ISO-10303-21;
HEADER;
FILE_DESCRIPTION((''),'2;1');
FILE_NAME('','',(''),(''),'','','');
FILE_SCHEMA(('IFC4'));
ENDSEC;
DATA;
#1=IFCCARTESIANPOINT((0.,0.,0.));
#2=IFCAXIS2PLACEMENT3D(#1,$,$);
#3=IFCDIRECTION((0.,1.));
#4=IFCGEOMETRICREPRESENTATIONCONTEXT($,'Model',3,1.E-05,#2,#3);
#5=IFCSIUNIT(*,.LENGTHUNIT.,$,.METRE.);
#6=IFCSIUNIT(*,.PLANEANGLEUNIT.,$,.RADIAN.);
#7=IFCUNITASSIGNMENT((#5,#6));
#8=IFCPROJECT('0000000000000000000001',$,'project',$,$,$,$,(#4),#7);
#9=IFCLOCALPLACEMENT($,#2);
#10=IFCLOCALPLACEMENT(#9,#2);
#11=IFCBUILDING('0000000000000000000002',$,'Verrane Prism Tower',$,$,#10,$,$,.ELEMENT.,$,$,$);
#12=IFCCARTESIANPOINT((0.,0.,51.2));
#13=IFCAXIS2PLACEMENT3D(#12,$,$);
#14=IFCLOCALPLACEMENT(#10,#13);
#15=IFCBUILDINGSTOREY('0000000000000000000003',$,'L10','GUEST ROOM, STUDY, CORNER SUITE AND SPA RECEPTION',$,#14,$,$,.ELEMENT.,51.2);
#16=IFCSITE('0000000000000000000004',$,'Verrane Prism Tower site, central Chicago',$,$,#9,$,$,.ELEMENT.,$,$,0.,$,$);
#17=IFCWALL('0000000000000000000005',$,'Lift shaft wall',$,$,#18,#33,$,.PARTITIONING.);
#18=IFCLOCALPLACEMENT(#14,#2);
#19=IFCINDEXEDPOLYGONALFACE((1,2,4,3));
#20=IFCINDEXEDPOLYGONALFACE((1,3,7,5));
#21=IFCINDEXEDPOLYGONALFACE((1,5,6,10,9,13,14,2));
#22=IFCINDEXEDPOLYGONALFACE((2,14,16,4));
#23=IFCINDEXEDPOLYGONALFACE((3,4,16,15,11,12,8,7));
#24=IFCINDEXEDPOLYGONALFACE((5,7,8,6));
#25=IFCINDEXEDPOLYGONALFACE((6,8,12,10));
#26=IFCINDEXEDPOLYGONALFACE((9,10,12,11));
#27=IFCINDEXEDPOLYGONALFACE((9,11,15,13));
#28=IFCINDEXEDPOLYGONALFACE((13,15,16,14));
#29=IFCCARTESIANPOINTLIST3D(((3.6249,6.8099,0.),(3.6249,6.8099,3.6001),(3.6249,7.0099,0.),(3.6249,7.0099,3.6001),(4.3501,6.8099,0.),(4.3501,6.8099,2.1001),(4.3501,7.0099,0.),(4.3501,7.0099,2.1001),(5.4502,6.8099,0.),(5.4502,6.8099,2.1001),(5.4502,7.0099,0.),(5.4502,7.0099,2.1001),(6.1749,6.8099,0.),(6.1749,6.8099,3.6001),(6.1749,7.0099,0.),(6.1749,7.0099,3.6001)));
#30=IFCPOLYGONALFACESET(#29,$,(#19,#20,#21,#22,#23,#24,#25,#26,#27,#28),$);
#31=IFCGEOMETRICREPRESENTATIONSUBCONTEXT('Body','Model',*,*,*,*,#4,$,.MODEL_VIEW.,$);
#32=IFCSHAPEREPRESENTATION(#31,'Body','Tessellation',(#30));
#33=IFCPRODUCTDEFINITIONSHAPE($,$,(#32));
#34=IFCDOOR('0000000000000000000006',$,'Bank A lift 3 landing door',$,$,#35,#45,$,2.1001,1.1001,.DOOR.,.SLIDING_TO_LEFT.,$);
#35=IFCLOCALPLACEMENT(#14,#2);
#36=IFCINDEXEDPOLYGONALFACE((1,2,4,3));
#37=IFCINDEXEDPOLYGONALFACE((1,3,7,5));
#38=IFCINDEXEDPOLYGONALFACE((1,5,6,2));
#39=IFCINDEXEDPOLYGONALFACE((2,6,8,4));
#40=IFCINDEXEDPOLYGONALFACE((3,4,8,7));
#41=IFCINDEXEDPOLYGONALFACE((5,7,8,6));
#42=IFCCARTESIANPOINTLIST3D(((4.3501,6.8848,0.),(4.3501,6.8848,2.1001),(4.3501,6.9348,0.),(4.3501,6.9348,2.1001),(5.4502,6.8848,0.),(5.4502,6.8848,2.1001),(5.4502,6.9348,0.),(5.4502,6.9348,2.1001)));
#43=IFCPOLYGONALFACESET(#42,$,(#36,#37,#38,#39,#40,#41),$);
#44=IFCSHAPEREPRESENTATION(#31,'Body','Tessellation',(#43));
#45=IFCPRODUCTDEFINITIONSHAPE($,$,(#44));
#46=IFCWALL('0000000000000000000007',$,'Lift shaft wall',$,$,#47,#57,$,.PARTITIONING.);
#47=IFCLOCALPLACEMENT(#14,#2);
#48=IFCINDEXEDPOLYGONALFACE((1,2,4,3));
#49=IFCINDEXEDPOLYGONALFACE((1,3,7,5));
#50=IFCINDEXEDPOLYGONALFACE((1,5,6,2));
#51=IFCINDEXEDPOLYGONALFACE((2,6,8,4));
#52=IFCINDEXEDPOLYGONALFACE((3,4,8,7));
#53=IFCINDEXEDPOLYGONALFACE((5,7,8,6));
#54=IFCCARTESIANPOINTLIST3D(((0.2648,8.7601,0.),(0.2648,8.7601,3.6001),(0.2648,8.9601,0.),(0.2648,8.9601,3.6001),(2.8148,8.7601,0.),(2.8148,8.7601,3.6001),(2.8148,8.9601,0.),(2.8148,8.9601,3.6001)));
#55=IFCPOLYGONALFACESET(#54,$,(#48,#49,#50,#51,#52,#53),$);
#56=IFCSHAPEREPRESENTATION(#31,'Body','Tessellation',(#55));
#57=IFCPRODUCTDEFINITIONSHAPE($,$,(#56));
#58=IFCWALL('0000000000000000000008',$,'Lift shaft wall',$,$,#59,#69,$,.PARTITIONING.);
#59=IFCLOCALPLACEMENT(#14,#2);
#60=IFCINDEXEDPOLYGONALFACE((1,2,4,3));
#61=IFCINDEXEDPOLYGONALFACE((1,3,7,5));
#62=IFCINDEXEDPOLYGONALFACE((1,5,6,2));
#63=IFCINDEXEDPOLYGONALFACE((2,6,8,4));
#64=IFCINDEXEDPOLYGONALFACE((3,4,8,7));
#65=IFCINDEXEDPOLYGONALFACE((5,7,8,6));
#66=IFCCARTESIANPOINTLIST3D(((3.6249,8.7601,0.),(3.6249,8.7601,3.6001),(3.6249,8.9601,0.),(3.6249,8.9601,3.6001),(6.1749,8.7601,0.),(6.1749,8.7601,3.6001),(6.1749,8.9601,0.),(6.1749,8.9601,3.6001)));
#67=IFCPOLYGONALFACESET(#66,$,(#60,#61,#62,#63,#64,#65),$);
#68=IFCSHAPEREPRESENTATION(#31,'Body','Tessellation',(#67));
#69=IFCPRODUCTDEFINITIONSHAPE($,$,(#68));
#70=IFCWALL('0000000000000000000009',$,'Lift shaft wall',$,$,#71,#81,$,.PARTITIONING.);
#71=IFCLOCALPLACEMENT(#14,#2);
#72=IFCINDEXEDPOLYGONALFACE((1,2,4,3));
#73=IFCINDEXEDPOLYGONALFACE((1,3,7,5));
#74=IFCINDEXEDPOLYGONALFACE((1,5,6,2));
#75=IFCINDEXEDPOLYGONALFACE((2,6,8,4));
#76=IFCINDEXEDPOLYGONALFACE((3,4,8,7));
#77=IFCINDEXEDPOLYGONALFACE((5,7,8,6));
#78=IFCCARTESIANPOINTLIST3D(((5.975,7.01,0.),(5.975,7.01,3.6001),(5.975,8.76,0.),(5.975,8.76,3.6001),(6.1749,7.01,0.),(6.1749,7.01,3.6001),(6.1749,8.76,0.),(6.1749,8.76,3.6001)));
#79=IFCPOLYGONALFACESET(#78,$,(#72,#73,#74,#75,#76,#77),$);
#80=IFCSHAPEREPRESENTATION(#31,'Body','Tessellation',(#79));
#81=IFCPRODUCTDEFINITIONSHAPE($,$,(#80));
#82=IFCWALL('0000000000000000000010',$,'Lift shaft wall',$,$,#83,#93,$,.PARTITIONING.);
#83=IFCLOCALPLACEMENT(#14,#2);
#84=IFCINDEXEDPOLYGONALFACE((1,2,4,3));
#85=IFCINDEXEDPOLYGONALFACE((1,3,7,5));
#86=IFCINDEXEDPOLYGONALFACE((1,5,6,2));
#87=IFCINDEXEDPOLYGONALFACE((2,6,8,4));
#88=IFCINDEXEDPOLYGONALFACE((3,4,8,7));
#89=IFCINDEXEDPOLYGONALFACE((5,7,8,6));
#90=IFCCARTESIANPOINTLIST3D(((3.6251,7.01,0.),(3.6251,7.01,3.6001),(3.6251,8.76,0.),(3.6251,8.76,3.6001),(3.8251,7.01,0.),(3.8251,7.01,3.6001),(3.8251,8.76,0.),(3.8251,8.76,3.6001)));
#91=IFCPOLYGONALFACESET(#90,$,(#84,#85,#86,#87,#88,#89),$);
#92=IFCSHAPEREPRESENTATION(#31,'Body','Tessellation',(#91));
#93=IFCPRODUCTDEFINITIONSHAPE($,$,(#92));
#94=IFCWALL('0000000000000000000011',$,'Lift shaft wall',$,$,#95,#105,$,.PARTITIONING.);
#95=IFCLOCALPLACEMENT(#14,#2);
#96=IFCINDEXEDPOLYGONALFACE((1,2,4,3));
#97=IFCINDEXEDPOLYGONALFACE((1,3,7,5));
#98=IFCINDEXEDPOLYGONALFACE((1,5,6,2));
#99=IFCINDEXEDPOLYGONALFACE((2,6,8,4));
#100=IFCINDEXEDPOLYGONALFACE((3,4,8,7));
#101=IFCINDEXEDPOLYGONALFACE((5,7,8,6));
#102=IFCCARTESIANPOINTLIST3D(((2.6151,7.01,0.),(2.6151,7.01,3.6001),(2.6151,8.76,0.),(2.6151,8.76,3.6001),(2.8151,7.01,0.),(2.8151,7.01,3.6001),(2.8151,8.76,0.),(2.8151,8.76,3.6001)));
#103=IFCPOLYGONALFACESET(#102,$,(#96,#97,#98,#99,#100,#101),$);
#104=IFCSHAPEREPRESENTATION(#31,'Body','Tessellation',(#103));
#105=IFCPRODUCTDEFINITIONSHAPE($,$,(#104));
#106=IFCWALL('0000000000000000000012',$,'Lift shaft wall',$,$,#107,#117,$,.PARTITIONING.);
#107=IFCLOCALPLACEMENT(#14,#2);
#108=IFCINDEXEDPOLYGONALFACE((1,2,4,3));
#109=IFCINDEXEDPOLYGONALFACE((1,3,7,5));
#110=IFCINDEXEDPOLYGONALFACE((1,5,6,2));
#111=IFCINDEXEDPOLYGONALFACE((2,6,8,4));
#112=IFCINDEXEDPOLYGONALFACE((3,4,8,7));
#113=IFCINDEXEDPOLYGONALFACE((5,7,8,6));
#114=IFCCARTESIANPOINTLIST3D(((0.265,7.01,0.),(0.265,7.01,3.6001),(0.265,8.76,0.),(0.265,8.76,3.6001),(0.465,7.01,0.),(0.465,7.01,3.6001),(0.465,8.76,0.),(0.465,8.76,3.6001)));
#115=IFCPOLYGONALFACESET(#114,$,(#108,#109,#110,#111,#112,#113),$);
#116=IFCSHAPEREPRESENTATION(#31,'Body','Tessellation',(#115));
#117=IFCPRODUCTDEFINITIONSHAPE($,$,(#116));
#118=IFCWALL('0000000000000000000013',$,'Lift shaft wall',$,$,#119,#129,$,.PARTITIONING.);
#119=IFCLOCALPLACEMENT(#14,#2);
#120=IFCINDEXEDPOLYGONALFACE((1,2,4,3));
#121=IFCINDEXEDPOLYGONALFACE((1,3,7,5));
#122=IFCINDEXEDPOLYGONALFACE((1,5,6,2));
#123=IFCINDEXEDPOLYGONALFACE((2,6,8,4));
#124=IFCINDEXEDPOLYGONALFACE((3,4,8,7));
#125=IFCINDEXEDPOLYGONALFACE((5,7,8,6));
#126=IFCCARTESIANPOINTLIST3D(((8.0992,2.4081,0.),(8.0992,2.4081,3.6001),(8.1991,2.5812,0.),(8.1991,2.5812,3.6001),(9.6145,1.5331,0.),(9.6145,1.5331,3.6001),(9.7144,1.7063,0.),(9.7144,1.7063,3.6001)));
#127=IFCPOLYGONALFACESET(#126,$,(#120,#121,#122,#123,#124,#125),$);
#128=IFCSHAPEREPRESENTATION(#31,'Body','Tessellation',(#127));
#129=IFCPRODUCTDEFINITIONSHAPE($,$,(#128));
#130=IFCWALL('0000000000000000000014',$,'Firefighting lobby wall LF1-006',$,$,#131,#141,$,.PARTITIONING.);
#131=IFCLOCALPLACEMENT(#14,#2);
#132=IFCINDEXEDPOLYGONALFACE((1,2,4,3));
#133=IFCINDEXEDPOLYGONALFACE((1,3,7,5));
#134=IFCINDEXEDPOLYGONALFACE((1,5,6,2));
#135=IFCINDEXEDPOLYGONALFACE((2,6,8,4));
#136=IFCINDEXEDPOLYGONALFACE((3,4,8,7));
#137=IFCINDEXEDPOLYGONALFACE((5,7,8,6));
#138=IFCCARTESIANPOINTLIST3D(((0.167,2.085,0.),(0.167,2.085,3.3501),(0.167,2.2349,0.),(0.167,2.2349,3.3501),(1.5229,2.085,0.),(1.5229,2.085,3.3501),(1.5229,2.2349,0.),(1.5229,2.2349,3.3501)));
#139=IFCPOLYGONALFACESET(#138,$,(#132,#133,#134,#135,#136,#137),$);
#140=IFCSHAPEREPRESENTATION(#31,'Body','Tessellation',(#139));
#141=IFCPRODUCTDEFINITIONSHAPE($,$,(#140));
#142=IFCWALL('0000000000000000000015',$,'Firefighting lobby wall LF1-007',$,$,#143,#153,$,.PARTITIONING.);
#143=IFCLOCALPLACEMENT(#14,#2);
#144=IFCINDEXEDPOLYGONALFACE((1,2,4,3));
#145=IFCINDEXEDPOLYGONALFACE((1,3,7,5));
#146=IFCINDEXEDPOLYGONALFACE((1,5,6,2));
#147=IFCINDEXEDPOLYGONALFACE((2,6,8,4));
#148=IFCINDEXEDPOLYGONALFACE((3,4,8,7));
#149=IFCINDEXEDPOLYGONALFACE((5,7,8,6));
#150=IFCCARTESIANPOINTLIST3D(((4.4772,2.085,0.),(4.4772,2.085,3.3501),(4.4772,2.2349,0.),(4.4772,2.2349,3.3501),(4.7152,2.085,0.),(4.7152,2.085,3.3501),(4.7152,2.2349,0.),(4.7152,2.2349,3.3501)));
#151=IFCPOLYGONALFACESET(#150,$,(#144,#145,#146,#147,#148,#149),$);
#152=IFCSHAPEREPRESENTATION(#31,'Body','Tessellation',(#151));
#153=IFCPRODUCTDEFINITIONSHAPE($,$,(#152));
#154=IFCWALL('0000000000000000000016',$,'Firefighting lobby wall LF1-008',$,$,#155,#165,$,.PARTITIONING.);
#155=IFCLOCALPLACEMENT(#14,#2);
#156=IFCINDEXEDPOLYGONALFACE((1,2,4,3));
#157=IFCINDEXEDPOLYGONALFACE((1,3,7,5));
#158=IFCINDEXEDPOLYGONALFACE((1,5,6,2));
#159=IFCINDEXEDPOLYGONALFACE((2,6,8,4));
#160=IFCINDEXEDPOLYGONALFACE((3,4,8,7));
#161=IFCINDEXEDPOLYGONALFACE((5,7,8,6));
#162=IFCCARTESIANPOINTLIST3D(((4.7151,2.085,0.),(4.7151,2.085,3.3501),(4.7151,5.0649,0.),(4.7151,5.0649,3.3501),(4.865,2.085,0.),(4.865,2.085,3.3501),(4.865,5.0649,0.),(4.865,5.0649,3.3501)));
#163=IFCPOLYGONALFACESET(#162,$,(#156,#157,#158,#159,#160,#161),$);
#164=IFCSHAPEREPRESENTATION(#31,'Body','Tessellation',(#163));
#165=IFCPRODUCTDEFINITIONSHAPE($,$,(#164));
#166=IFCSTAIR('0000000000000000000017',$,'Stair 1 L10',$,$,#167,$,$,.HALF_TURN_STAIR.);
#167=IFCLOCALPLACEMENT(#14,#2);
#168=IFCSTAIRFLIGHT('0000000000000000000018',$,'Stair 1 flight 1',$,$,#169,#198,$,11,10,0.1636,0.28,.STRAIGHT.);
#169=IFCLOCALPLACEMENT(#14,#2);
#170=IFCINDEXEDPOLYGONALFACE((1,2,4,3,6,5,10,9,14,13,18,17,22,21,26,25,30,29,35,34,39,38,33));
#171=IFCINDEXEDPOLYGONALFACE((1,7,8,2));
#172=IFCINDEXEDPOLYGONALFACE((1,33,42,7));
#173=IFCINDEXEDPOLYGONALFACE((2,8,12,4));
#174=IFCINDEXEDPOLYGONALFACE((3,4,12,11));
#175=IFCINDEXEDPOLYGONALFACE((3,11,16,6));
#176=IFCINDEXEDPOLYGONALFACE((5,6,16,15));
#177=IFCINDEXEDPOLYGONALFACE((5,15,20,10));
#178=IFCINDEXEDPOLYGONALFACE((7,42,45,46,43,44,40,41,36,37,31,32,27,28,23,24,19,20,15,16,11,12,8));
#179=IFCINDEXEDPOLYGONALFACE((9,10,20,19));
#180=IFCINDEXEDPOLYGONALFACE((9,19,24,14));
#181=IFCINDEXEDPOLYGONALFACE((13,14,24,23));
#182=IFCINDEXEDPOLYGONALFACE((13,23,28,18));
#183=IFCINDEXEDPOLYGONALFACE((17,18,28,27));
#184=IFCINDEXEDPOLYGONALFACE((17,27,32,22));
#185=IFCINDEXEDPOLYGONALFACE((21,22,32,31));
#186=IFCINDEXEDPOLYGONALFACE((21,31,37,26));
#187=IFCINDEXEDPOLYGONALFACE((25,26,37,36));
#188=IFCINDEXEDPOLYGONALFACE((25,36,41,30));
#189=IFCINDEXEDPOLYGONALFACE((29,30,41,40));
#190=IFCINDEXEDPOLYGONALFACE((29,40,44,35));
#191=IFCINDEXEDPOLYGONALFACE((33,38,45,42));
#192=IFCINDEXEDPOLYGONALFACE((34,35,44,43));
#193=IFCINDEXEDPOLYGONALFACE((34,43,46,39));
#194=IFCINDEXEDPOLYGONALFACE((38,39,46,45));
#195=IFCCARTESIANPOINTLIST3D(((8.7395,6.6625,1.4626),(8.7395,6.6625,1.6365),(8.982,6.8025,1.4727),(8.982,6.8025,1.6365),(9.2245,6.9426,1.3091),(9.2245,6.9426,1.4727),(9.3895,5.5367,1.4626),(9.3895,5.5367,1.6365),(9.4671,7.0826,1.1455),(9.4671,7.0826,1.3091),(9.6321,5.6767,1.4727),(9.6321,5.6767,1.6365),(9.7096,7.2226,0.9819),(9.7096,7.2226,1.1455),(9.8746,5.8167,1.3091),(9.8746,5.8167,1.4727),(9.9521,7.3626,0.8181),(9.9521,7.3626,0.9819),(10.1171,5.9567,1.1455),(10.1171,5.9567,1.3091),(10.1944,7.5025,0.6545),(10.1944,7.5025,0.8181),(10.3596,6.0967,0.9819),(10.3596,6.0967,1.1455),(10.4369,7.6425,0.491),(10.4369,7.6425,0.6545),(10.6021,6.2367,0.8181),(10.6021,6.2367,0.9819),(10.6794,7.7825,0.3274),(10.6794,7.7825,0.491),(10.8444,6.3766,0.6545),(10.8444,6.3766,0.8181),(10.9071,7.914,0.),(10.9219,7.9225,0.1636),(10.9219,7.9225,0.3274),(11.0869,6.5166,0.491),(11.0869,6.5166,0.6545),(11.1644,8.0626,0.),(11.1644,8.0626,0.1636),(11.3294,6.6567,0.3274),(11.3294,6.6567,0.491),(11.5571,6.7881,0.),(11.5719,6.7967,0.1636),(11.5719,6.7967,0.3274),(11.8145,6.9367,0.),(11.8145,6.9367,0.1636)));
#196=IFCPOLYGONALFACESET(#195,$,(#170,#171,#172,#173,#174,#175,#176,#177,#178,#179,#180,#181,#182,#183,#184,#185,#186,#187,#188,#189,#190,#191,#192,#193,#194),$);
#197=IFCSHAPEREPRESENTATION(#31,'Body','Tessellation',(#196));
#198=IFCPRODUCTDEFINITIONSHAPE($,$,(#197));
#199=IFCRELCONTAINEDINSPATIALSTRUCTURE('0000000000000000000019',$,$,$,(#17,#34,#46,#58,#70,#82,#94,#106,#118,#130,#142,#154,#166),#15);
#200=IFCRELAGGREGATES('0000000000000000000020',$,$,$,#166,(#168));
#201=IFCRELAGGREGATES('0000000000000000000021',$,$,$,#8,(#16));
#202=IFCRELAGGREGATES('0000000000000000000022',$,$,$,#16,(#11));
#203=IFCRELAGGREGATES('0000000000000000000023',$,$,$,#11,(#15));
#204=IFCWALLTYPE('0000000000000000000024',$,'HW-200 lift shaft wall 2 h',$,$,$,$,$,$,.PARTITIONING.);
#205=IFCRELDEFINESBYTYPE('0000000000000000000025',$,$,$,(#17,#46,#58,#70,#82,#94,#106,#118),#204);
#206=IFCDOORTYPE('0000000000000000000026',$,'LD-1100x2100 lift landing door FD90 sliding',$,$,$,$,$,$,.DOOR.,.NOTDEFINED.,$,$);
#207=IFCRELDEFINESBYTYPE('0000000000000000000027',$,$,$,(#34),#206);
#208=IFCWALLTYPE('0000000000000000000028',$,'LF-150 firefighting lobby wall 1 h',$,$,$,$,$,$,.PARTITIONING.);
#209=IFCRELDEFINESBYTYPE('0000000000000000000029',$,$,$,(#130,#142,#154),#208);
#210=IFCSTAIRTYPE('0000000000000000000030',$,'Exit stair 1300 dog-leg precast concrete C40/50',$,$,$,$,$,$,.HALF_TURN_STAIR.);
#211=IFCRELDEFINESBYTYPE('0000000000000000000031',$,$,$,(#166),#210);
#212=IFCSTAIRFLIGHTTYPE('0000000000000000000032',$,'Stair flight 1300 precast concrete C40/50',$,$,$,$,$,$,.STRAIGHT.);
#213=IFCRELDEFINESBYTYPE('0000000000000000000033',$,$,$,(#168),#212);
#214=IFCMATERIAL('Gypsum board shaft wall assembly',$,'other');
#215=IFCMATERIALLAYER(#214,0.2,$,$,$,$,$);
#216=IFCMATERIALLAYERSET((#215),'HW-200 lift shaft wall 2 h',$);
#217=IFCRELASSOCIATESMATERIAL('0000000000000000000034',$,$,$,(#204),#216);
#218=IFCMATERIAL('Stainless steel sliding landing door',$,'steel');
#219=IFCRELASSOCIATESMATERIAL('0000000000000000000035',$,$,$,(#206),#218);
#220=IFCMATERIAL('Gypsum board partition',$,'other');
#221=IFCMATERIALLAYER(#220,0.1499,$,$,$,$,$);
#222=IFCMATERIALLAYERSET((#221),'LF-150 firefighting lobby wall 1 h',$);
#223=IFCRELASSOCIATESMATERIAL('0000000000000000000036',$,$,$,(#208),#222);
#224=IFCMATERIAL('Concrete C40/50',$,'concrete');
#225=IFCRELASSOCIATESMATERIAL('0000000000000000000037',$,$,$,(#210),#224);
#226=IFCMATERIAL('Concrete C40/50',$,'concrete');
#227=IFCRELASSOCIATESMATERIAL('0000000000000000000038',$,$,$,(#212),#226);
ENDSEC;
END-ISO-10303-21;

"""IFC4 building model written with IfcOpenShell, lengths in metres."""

from ifc_helpers import new_model, si_unit, direction, frame, frame_2d, origin, place, context, subcontext, project, spatial, polyline, rectangle, outline, extrude, material, layer, layer_set, type_object, element, fill, aggregate, save


model = new_model("IFC4")

# Units and contexts
model_context = context("Model", 3, precision=1e-05, world=origin(), true_north=direction((0.0, 1.0)))
body_context = subcontext(model_context, "Body", "Model", "MODEL_VIEW")
ifc_project = project(units=[si_unit("LENGTHUNIT", "METRE"), si_unit("PLANEANGLEUNIT", "RADIAN")], contexts=[model_context])

# Site, building, storey
site_placement = place(None, origin())
site = spatial("IfcSite", under=ifc_project, at=site_placement, Name="Verrane Prism Tower site, central Chicago", CompositionType="ELEMENT", RefElevation=0.0)
building_placement = place(site_placement, origin())
building = spatial("IfcBuilding", under=site, at=building_placement, Name="Verrane Prism Tower", CompositionType="ELEMENT")
storey_placement = place(building_placement, frame((0.0, 0.0, 51.2)))
storey = spatial("IfcBuildingStorey", under=building, at=storey_placement, Name="L10", Description="GUEST ROOM, STUDY, CORNER SUITE AND SPA RECEPTION", CompositionType="ELEMENT", Elevation=51.2)

# Wall, opening, door
ifc_material_1 = material(Name="Gypsum board shaft wall assembly", Category="other")
ifc_layer_1 = layer(ifc_material_1, 0.2)
ifc_layer_set_1 = layer_set([ifc_layer_1], Name="HW-200 lift shaft wall 2 h")
wall_type_1 = type_object("IfcWallType", Name="HW-200 lift shaft wall 2 h", PredefinedType="PARTITIONING", material=ifc_layer_set_1)
ifc_material_2 = material(Name="Stainless steel sliding landing door", Category="steel")
door_type_1 = type_object("IfcDoorType", Name="LD-1100x2100 lift landing door FD90 sliding", OperationType="NOTDEFINED", PredefinedType="DOOR", material=ifc_material_2)
wall_1_placement = place(storey_placement, frame((3.625, 6.9099, 0.0), z_axis=(0.0, 0.0, 1.0), x_axis=(1.0, 0.0, 0.0)))
wall_1 = element("IfcWall", 1, at=wall_1_placement, inside=storey, type_object=wall_type_1, Name="Lift shaft wall", PredefinedType="PARTITIONING", context=body_context, shape_type="SweptSolid", body=[
    extrude(rectangle(XDim=2.55, YDim=0.2, at=frame_2d((1.2749, 0.0))), origin(), (0.0, 0.0, 1.0), 3.6001),
])
opening_1_placement = place(wall_1_placement, frame((0.7251, 0.0, 0.0)))
opening_1 = element("IfcOpeningElement", 2, at=opening_1_placement, cuts=wall_1, PredefinedType="OPENING", context=body_context, shape_type="SweptSolid", body=[
    extrude(rectangle(XDim=1.1001, YDim=2.1001, at=frame_2d((0.55, 1.05))), frame((0.0, 0.1099, 0.0), z_axis=(0.0, -1.0, 0.0), x_axis=(1.0, 0.0, 0.0)), (0.0, 0.0, 1.0), 0.22),
])
door_1_placement = place(opening_1_placement, origin())
door_1 = element("IfcDoor", 3, at=door_1_placement, inside=storey, type_object=door_type_1, Name="Bank A lift 3 landing door", OperationType="SLIDING_TO_LEFT", OverallHeight=2.1001, OverallWidth=1.1001, PredefinedType="DOOR", context=body_context, shape_type="SweptSolid", body=[
    extrude(rectangle(XDim=1.1001, YDim=2.1001, at=frame_2d((0.55, 1.05))), frame((0.0, 0.0249, 0.0), z_axis=(0.0, -1.0, 0.0), x_axis=(1.0, 0.0, 0.0)), (0.0, 0.0, 1.0), 0.05),
])
fill(opening_1, door_1)

# Walls
for number, where, z_axis, x_axis, name in (
    (4, (0.2649, 8.8601, 0.0), (0.0, 0.0, 1.0), (1.0, 0.0, 0.0), "Lift shaft wall"),
    (5, (3.625, 8.8601, 0.0), (0.0, 0.0, 1.0), (1.0, 0.0, 0.0), "Lift shaft wall"),
):
    element("IfcWall", number, at=place(storey_placement, frame(where, z_axis=z_axis, x_axis=x_axis)), inside=storey, type_object=wall_type_1, Name=name, PredefinedType="PARTITIONING", context=body_context, shape_type="SweptSolid", body=[
        extrude(rectangle(XDim=2.55, YDim=0.2, at=frame_2d((1.2749, 0.0))), origin(), (0.0, 0.0, 1.0), 3.6001),
    ])
for number, where, z_axis, x_axis, name in (
    (6, (6.075, 7.01, 0.0), (0.0, 0.0, 1.0), (0.0, 1.0, 0.0), "Lift shaft wall"),
    (7, (3.7251, 7.01, 0.0), (0.0, 0.0, 1.0), (0.0, 1.0, 0.0), "Lift shaft wall"),
    (8, (2.7151, 7.01, 0.0), (0.0, 0.0, 1.0), (0.0, 1.0, 0.0), "Lift shaft wall"),
    (9, (0.365, 7.01, 0.0), (0.0, 0.0, 1.0), (0.0, 1.0, 0.0), "Lift shaft wall"),
):
    element("IfcWall", number, at=place(storey_placement, frame(where, z_axis=z_axis, x_axis=x_axis)), inside=storey, type_object=wall_type_1, Name=name, PredefinedType="PARTITIONING", context=body_context, shape_type="SweptSolid", body=[
        extrude(rectangle(XDim=1.75, YDim=0.2, at=frame_2d((0.875, 0.0))), origin(), (0.0, 0.0, 1.0), 3.6001),
    ])
wall_2_placement = place(storey_placement, frame((9.6646, 1.6196, 0.0), z_axis=(0.0, 0.0, 1.0), x_axis=(-0.866002, 0.50004, 0.0)))
element("IfcWall", 10, at=wall_2_placement, inside=storey, type_object=wall_type_1, Name="Lift shaft wall", PredefinedType="PARTITIONING", context=body_context, shape_type="SweptSolid", body=[
    extrude(rectangle(XDim=1.7498, YDim=0.2, at=frame_2d((0.875, 0.0))), origin(), (0.0, 0.0, 1.0), 3.6001),
])
ifc_material_3 = material(Name="Gypsum board partition", Category="other")
ifc_layer_2 = layer(ifc_material_3, 0.1499)
ifc_layer_set_2 = layer_set([ifc_layer_2], Name="LF-150 firefighting lobby wall 1 h")
wall_type_2 = type_object("IfcWallType", Name="LF-150 firefighting lobby wall 1 h", PredefinedType="PARTITIONING", material=ifc_layer_set_2)
wall_3_placement = place(storey_placement, frame((0.167, 2.1599, 0.0), z_axis=(0.0, 0.0, 1.0), x_axis=(1.0, 0.0, 0.0)))
element("IfcWall", 11, at=wall_3_placement, inside=storey, type_object=wall_type_2, Name="Firefighting lobby wall LF1-006", PredefinedType="PARTITIONING", context=body_context, shape_type="SweptSolid", body=[
    extrude(rectangle(XDim=1.356, YDim=0.1499, at=frame_2d((0.678, 0.0))), origin(), (0.0, 0.0, 1.0), 3.3501),
])
wall_4_placement = place(storey_placement, frame((4.4771, 2.1599, 0.0), z_axis=(0.0, 0.0, 1.0), x_axis=(1.0, 0.0, 0.0)))
element("IfcWall", 12, at=wall_4_placement, inside=storey, type_object=wall_type_2, Name="Firefighting lobby wall LF1-007", PredefinedType="PARTITIONING", context=body_context, shape_type="SweptSolid", body=[
    extrude(rectangle(XDim=0.238, YDim=0.1499, at=frame_2d((0.1191, 0.0))), origin(), (0.0, 0.0, 1.0), 3.3501),
])
wall_5_placement = place(storey_placement, frame((4.79, 2.085, 0.0), z_axis=(0.0, 0.0, 1.0), x_axis=(0.0, 1.0, 0.0)))
element("IfcWall", 13, at=wall_5_placement, inside=storey, type_object=wall_type_2, Name="Firefighting lobby wall LF1-008", PredefinedType="PARTITIONING", context=body_context, shape_type="SweptSolid", body=[
    extrude(rectangle(XDim=2.98, YDim=0.1499, at=frame_2d((1.49, 0.0))), origin(), (0.0, 0.0, 1.0), 3.3501),
])

# Stair, stair flight
ifc_material_4 = material(Name="Concrete C40/50", Category="concrete")
stair_type = type_object("IfcStairType", Name="Exit stair 1300 dog-leg precast concrete C40/50", PredefinedType="HALF_TURN_STAIR", material=ifc_material_4)
stair_placement = place(storey_placement, origin())
stair = element("IfcStair", 14, at=stair_placement, inside=storey, type_object=stair_type, Name="Stair 1 L10", PredefinedType="HALF_TURN_STAIR")
ifc_material_5 = material(Name="Concrete C40/50", Category="concrete")
stair_flight_type = type_object("IfcStairFlightType", Name="Stair flight 1300 precast concrete C40/50", PredefinedType="STRAIGHT", material=ifc_material_5)
stair_flight_1_placement = place(storey_placement, frame((11.4895, 7.4995, 0.0), z_axis=(0.0, 0.0, 1.0), x_axis=(-0.866025, -0.5, 0.0)))
stair_flight_1 = element("IfcStairFlight", 15, at=stair_flight_1_placement, type_object=stair_flight_type, Name="Stair 1 flight 1", NumberOfRisers=11, NumberOfTreads=10, PredefinedType="STRAIGHT", RiserHeight=0.1636, TreadLength=0.28, context=body_context, shape_type="SweptSolid", body=[
    extrude(outline(polyline([(0.0, 0.0), (0.0, 0.1636), (0.28, 0.1636), (0.28, 0.3274), (0.5601, 0.3274), (0.5601, 0.491), (0.8401, 0.491), (0.8401, 0.6545), (1.1201, 0.6545), (1.1201, 0.8181), (1.3999, 0.8181), (1.3999, 0.9819), (1.6799, 0.9819), (1.6799, 1.1455), (1.96, 1.1455), (1.96, 1.3091), (2.24, 1.3091), (2.24, 1.4727), (2.52, 1.4727), (2.52, 1.6365), (2.8, 1.6365), (2.8, 1.8), (2.8, 1.4626), (0.2971, 0.0), (0.0, 0.0)])), frame((0.0, 0.6499, 0.0), z_axis=(0.0, -1.0, 0.0), x_axis=(1.0, 0.0, 0.0)), (0.0, 0.0, 1.0), 1.3),
])
aggregate(stair, [stair_flight_1])

save(model, "model.ifc")
